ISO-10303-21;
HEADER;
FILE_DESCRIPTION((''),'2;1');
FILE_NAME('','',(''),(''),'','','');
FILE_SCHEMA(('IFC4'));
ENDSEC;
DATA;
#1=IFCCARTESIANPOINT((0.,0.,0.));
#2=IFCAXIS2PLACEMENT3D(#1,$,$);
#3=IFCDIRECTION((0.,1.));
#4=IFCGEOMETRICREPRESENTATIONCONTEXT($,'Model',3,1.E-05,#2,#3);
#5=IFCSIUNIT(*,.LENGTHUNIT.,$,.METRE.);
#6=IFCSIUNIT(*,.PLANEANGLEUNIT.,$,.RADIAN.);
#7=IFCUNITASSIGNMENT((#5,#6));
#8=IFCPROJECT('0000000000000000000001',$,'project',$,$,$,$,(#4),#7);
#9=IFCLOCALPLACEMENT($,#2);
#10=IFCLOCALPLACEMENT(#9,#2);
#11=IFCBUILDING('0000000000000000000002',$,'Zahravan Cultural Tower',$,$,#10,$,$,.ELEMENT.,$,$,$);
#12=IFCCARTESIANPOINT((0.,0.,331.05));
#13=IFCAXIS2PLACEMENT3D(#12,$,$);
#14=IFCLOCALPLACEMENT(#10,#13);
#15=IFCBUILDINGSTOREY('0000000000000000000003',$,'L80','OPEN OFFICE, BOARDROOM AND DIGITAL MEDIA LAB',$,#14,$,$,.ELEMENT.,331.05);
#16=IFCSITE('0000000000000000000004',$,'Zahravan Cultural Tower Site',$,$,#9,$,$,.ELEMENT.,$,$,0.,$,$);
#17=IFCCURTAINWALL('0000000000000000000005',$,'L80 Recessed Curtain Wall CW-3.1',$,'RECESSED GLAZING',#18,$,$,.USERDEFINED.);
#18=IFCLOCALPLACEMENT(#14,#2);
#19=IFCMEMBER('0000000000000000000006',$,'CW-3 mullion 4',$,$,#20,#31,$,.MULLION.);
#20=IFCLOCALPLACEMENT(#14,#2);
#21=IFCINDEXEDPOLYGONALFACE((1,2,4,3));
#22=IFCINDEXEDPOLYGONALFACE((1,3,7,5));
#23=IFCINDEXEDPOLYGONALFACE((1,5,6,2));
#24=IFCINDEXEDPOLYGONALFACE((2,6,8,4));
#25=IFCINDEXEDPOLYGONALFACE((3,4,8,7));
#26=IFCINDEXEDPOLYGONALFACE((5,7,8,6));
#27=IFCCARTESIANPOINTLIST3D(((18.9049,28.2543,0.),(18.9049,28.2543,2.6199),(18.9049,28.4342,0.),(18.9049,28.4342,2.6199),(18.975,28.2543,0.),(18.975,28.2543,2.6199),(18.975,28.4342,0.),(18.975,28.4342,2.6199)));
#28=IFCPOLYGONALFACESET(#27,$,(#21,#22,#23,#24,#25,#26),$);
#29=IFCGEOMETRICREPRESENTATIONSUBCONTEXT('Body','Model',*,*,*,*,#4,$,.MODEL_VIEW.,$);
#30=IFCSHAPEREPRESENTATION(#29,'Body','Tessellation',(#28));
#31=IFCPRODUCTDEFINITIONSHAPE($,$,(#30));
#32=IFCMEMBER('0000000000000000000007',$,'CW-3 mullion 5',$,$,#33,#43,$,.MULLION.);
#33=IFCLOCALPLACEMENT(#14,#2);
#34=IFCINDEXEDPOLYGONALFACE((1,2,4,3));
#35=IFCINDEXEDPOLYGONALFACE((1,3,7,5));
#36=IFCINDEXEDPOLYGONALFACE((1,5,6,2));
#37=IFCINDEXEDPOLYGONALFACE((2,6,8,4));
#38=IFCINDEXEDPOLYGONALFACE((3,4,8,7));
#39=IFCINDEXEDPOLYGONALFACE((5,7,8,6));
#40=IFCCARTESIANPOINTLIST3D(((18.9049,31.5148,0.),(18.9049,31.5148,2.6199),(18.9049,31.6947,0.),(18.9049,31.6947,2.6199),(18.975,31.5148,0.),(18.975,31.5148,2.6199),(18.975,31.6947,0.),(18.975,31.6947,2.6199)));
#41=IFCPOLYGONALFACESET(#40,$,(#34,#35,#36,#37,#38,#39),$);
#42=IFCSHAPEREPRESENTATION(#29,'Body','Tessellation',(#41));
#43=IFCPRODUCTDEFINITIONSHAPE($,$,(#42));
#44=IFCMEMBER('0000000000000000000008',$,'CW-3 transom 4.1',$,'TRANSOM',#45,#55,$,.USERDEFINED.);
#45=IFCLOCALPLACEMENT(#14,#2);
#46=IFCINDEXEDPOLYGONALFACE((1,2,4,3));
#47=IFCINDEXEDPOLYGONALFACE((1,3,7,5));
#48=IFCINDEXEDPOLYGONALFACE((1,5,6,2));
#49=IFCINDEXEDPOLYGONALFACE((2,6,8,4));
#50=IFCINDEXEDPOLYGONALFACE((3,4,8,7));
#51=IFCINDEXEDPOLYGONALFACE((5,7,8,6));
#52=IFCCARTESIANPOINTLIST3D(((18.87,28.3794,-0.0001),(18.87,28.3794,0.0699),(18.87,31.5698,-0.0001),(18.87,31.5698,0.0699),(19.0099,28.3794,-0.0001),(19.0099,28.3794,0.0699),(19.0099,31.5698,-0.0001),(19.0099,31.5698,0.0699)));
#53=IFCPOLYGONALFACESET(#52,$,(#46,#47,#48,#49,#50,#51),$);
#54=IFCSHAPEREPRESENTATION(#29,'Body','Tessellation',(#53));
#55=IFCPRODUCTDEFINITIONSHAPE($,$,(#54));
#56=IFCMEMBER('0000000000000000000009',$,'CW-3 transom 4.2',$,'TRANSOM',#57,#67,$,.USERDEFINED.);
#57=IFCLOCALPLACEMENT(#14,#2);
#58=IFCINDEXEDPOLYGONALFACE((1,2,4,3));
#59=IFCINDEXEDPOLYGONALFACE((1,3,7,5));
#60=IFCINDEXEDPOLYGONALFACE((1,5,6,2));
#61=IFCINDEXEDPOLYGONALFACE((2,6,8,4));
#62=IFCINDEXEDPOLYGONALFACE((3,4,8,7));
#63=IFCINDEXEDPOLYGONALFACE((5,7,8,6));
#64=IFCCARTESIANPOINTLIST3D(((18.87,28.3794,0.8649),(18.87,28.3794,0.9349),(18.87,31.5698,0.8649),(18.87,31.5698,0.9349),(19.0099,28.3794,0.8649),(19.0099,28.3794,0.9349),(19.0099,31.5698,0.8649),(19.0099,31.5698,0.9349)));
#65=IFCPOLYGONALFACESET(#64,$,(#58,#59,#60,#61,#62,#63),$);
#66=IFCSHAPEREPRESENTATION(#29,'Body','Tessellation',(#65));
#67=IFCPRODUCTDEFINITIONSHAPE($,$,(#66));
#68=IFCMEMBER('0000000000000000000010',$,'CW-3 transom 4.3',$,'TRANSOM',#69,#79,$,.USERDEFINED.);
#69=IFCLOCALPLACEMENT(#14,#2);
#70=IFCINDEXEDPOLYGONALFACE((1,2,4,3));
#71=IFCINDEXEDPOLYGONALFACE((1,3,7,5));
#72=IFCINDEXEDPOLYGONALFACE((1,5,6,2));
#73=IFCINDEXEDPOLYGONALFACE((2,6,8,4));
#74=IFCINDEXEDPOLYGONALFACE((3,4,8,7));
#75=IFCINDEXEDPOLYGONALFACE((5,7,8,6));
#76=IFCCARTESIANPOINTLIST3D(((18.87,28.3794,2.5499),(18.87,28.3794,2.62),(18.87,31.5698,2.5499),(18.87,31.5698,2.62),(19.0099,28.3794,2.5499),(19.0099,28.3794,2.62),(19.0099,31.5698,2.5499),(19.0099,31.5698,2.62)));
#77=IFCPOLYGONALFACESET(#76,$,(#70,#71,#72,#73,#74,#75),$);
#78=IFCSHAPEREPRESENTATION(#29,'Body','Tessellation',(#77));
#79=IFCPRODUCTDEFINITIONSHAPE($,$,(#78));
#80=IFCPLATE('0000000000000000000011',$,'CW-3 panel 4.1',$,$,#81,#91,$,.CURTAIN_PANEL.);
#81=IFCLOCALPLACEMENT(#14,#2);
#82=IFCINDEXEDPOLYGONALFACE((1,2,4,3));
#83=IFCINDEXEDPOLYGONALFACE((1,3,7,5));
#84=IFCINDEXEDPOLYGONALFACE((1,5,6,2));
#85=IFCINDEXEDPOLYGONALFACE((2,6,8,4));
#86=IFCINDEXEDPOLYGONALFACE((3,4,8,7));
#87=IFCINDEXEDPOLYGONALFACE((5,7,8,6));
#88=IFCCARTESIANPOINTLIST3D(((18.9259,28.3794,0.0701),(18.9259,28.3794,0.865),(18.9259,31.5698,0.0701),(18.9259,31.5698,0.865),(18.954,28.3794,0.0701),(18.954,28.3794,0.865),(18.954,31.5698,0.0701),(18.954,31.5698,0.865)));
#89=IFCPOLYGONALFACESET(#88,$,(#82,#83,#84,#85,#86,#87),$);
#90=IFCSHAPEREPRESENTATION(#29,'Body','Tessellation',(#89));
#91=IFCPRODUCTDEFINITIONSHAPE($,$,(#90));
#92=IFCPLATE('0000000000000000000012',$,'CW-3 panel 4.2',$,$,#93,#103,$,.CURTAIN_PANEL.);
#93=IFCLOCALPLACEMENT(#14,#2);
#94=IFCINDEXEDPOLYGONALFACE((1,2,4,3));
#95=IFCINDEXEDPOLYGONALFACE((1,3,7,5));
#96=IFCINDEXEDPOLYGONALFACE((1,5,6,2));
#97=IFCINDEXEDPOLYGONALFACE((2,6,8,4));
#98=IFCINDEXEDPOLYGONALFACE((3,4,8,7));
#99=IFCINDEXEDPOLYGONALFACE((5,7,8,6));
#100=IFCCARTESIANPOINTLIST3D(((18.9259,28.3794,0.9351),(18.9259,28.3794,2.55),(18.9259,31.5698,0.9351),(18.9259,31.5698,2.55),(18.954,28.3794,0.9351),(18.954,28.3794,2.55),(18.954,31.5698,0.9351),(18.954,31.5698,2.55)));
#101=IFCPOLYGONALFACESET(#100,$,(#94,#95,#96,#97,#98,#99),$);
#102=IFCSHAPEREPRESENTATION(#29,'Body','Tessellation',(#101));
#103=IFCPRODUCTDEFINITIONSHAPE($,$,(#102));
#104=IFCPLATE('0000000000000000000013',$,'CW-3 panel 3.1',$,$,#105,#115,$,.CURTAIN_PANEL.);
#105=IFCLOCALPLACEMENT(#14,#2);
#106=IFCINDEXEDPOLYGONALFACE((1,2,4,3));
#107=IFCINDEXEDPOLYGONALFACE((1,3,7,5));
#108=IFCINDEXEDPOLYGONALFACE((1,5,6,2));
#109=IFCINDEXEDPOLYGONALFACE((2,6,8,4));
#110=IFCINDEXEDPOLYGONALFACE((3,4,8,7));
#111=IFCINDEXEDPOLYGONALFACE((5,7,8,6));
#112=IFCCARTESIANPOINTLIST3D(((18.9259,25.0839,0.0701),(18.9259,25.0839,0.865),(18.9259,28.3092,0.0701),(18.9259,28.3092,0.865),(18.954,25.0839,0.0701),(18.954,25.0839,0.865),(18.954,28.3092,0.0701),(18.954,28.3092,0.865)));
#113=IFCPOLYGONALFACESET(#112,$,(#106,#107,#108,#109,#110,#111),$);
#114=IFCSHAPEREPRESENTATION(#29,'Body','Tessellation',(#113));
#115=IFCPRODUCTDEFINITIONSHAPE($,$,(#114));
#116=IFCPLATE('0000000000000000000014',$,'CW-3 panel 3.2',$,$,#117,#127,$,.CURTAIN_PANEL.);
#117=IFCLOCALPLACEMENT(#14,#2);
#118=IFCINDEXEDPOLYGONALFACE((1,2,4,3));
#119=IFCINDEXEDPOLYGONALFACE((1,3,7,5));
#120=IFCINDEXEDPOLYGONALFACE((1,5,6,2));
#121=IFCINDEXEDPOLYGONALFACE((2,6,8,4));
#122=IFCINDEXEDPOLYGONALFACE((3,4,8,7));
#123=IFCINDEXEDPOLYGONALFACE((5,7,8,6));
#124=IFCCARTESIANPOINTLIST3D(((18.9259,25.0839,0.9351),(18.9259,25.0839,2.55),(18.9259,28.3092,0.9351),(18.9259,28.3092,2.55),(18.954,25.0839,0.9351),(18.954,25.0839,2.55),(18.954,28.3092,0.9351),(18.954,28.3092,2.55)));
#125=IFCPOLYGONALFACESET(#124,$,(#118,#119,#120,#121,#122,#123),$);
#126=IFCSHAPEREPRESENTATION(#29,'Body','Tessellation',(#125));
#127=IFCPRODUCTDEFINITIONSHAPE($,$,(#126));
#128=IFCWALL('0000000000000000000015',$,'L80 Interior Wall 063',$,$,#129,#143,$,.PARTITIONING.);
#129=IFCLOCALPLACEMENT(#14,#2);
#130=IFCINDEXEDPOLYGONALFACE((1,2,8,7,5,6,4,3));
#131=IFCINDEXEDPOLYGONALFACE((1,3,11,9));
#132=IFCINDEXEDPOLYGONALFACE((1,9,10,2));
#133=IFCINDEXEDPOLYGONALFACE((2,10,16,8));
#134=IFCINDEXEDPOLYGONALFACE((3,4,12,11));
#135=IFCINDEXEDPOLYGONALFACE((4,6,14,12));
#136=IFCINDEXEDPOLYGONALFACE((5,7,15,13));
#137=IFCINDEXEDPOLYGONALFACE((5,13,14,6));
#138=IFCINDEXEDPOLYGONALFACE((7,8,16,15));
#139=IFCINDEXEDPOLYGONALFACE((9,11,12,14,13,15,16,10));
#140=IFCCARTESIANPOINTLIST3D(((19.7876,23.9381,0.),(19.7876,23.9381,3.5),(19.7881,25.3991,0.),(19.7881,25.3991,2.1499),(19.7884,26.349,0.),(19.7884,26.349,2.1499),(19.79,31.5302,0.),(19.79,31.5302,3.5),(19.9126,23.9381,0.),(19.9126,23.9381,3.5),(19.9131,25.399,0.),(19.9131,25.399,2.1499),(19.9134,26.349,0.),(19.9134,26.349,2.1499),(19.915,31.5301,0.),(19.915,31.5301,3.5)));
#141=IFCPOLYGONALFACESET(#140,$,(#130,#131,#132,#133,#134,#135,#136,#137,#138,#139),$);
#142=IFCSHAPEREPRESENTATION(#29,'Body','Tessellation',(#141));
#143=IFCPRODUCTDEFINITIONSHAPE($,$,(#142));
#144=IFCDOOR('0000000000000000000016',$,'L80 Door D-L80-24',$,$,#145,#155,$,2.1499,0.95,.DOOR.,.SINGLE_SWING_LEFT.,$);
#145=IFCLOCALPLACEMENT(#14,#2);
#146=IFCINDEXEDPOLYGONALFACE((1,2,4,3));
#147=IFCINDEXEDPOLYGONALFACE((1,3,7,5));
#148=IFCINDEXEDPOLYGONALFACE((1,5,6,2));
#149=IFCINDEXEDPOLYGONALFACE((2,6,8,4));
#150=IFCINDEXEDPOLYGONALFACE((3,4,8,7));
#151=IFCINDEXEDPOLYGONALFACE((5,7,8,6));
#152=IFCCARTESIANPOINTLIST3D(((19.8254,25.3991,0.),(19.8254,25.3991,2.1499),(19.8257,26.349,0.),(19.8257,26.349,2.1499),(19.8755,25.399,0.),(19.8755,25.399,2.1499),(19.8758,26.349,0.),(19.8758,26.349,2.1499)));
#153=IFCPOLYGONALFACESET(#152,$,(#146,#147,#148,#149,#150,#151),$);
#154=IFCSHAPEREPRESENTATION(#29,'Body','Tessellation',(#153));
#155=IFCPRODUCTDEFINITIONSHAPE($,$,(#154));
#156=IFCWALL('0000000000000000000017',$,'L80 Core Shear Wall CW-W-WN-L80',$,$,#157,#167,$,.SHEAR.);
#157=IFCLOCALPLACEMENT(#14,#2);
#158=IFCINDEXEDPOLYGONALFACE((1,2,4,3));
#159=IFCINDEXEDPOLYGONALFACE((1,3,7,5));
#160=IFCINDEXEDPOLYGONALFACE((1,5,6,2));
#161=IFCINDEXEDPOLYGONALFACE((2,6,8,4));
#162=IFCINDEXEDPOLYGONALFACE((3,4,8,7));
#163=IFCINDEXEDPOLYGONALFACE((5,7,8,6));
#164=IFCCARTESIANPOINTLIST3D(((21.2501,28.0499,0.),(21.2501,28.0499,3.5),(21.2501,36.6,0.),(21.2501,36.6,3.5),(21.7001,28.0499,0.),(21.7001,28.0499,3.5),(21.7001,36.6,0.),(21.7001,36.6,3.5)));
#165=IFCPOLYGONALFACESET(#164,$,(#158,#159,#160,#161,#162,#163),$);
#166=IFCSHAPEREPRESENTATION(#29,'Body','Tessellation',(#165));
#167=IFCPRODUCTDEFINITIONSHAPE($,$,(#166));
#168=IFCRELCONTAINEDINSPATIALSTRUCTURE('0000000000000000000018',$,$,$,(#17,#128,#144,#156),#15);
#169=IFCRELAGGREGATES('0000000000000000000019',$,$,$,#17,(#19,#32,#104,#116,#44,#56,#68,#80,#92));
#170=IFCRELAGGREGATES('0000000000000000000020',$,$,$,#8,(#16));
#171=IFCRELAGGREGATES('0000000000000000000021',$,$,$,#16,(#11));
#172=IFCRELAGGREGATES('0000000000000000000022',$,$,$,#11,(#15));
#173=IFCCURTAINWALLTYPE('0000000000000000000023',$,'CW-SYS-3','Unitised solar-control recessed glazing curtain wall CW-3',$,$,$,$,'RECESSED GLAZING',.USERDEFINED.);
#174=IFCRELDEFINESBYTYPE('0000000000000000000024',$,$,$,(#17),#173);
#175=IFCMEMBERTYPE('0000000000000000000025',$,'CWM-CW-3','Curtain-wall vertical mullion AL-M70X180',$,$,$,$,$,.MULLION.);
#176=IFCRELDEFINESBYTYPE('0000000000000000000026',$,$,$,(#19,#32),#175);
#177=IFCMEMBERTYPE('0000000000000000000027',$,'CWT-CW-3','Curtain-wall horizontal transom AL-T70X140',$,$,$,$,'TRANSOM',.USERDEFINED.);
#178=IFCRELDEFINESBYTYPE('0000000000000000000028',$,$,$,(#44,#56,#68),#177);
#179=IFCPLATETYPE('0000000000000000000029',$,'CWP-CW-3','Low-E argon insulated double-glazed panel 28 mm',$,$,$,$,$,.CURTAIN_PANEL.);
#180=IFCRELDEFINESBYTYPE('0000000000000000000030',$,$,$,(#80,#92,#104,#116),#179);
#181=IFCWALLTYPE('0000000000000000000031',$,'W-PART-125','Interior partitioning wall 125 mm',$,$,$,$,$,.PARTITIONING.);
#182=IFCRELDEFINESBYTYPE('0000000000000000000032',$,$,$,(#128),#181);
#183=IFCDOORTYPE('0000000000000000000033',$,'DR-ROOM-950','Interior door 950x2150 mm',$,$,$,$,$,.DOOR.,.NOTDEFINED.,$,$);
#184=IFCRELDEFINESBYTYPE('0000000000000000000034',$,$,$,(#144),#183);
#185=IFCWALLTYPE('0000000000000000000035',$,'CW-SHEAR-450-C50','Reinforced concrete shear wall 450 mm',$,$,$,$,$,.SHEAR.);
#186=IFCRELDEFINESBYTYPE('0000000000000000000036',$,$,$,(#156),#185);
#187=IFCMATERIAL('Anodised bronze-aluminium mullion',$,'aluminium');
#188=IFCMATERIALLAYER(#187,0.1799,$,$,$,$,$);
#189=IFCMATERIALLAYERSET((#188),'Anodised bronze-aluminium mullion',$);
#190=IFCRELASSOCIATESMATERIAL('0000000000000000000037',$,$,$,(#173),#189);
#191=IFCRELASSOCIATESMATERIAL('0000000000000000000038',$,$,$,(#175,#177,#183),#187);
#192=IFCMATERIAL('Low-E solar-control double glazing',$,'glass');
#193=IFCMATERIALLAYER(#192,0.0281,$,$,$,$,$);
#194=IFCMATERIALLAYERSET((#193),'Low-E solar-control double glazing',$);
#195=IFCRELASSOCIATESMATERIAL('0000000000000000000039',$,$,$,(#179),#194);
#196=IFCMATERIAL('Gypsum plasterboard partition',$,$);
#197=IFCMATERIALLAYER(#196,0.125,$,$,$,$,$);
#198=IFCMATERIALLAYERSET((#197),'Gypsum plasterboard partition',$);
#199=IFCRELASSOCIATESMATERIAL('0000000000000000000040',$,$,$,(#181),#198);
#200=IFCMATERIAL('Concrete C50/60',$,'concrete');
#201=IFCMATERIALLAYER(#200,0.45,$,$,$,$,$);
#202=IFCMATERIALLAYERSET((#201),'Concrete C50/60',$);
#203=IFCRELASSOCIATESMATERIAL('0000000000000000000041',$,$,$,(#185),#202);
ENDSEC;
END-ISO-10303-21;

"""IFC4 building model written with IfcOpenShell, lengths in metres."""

from ifc_helpers import new_model, si_unit, direction, frame, frame_2d, origin, origin_2d, place, context, subcontext, project, spatial, rectangle, extrude, source, transform, mapped, material, layer, layer_set, material_profile, profile_set, type_object, element, fill, aggregate, save


model = new_model("IFC4")

# Units and contexts
model_context = context("Model", 3, precision=1e-05, world=origin(), true_north=direction((0.0, 1.0)))
body_context = subcontext(model_context, "Body", "Model", "MODEL_VIEW")
ifc_project = project(units=[si_unit("LENGTHUNIT", "METRE"), si_unit("PLANEANGLEUNIT", "RADIAN")], contexts=[model_context])

# Site, building, storey
site_placement = place(None, origin())
site = spatial("IfcSite", under=ifc_project, at=site_placement, Name="Zahravan Cultural Tower Site", CompositionType="ELEMENT", RefElevation=0.0)
building_placement = place(site_placement, origin())
building = spatial("IfcBuilding", under=site, at=building_placement, Name="Zahravan Cultural Tower", CompositionType="ELEMENT")
storey_placement = place(building_placement, frame((0.0, 0.0, 331.05)))
storey = spatial("IfcBuildingStorey", under=building, at=storey_placement, Name="L80", Description="OPEN OFFICE, BOARDROOM AND DIGITAL MEDIA LAB", CompositionType="ELEMENT", Elevation=331.05)

# Curtain wall, members, plates
ifc_material_1 = material(Name="Anodised bronze-aluminium mullion", Category="aluminium")
ifc_layer_1 = layer(ifc_material_1, 0.1799)
ifc_layer_set_1 = layer_set([ifc_layer_1], Name="Anodised bronze-aluminium mullion")
curtain_wall_type = type_object("IfcCurtainWallType", Name="CW-SYS-3", Description="Unitised solar-control recessed glazing curtain wall CW-3", ElementType="RECESSED GLAZING", PredefinedType="USERDEFINED", material=ifc_layer_set_1)
curtain_wall_placement = place(storey_placement, origin())
curtain_wall = element("IfcCurtainWall", 1, at=curtain_wall_placement, inside=storey, type_object=curtain_wall_type, Name="L80 Recessed Curtain Wall CW-3.1", ObjectType="RECESSED GLAZING", PredefinedType="USERDEFINED")
ifc_material_profile_1 = material_profile(ifc_material_1, rectangle(XDim=0.0701, YDim=0.1799, at=origin_2d()), Name="AL-M70X180")
ifc_profile_set_1 = profile_set([ifc_material_profile_1], Name="Anodised bronze-aluminium mullion")
member_type_1 = type_object("IfcMemberType", Name="CWM-CW-3", Description="Curtain-wall vertical mullion AL-M70X180", PredefinedType="MULLION", material=ifc_profile_set_1)
shared_shape_1 = source(origin(), body_context, "Body", "SweptSolid", [
    extrude(rectangle(XDim=0.0701, YDim=0.1799, at=origin_2d()), origin(), (0.0, 0.0, 1.0), 2.6199),
])
member_1_placement = place(storey_placement, frame((18.9399, 28.3442, 0.0), z_axis=(0.0, 0.0, 1.0), x_axis=(-1.0, 0.0, 0.0)))
member_1 = element("IfcMember", 2, at=member_1_placement, type_object=member_type_1, Name="CW-3 mullion 4", PredefinedType="MULLION", context=body_context, shape_type="MappedRepresentation", body=[
    mapped(shared_shape_1, transform((0.0, 0.0, 0.0), x_axis=(1.0, 0.0, 0.0), y_axis=(0.0, 1.0, 0.0), z_axis=(0.0, 0.0, 1.0), scale=1.0)),
])
member_2_placement = place(storey_placement, frame((18.9399, 31.6047, 0.0), z_axis=(0.0, 0.0, 1.0), x_axis=(-1.0, 0.0, 0.0)))
member_2 = element("IfcMember", 3, at=member_2_placement, type_object=member_type_1, Name="CW-3 mullion 5", PredefinedType="MULLION", context=body_context, shape_type="MappedRepresentation", body=[
    mapped(shared_shape_1, transform((0.0, 0.0, 0.0), x_axis=(1.0, 0.0, 0.0), y_axis=(0.0, 1.0, 0.0), z_axis=(0.0, 0.0, 1.0), scale=1.0)),
])
ifc_material_profile_2 = material_profile(ifc_material_1, rectangle(XDim=0.1399, YDim=0.0701, at=origin_2d()), Name="AL-T70X140")
ifc_profile_set_2 = profile_set([ifc_material_profile_2], Name="Anodised bronze-aluminium mullion")
member_type_2 = type_object("IfcMemberType", Name="CWT-CW-3", Description="Curtain-wall horizontal transom AL-T70X140", ElementType="TRANSOM", PredefinedType="USERDEFINED", material=ifc_profile_set_2)
shared_shape_2 = source(origin(), body_context, "Body", "SweptSolid", [
    extrude(rectangle(XDim=0.1399, YDim=0.0701, at=origin_2d()), origin(), (0.0, 0.0, 1.0), 3.1904),
])
member_3_placement = place(storey_placement, frame((18.9399, 28.3794, 0.0349), z_axis=(0.0, 1.0, 0.0), x_axis=(-1.0, 0.0, 0.0)))
member_3 = element("IfcMember", 4, at=member_3_placement, type_object=member_type_2, Name="CW-3 transom 4.1", ObjectType="TRANSOM", PredefinedType="USERDEFINED", context=body_context, shape_type="MappedRepresentation", body=[
    mapped(shared_shape_2, transform((0.0, 0.0, 0.0), x_axis=(1.0, 0.0, 0.0), y_axis=(0.0, 1.0, 0.0), z_axis=(0.0, 0.0, 1.0), scale=1.0)),
])
member_4_placement = place(storey_placement, frame((18.9399, 28.3794, 0.8999), z_axis=(0.0, 1.0, 0.0), x_axis=(-1.0, 0.0, 0.0)))
member_4 = element("IfcMember", 5, at=member_4_placement, type_object=member_type_2, Name="CW-3 transom 4.2", ObjectType="TRANSOM", PredefinedType="USERDEFINED", context=body_context, shape_type="MappedRepresentation", body=[
    mapped(shared_shape_2, transform((0.0, 0.0, 0.0), x_axis=(1.0, 0.0, 0.0), y_axis=(0.0, 1.0, 0.0), z_axis=(0.0, 0.0, 1.0), scale=1.0)),
])
member_5_placement = place(storey_placement, frame((18.9399, 28.3794, 2.585), z_axis=(0.0, 1.0, 0.0), x_axis=(-1.0, 0.0, 0.0)))
member_5 = element("IfcMember", 6, at=member_5_placement, type_object=member_type_2, Name="CW-3 transom 4.3", ObjectType="TRANSOM", PredefinedType="USERDEFINED", context=body_context, shape_type="MappedRepresentation", body=[
    mapped(shared_shape_2, transform((0.0, 0.0, 0.0), x_axis=(1.0, 0.0, 0.0), y_axis=(0.0, 1.0, 0.0), z_axis=(0.0, 0.0, 1.0), scale=1.0)),
])
ifc_material_2 = material(Name="Low-E solar-control double glazing", Category="glass")
ifc_layer_2 = layer(ifc_material_2, 0.0281)
ifc_layer_set_2 = layer_set([ifc_layer_2], Name="Low-E solar-control double glazing")
plate_type = type_object("IfcPlateType", Name="CWP-CW-3", Description="Low-E argon insulated double-glazed panel 28 mm", PredefinedType="CURTAIN_PANEL", material=ifc_layer_set_2)
shared_shape_3 = source(origin(), body_context, "Body", "SweptSolid", [
    extrude(rectangle(XDim=3.1904, YDim=0.0281, at=origin_2d()), origin(), (0.0, 0.0, 1.0), 0.7949),
])
plate_1_placement = place(storey_placement, frame((18.9399, 29.9746, 0.0701), z_axis=(0.0, 0.0, 1.0), x_axis=(0.0, 1.0, 0.0)))
plate_1 = element("IfcPlate", 7, at=plate_1_placement, type_object=plate_type, Name="CW-3 panel 4.1", PredefinedType="CURTAIN_PANEL", context=body_context, shape_type="MappedRepresentation", body=[
    mapped(shared_shape_3, transform((0.0, 0.0, 0.0), x_axis=(1.0, 0.0, 0.0), y_axis=(0.0, 1.0, 0.0), z_axis=(0.0, 0.0, 1.0), scale=1.0)),
])
shared_shape_4 = source(origin(), body_context, "Body", "SweptSolid", [
    extrude(rectangle(XDim=3.1904, YDim=0.0281, at=origin_2d()), origin(), (0.0, 0.0, 1.0), 1.615),
])
plate_2_placement = place(storey_placement, frame((18.9399, 29.9746, 0.9351), z_axis=(0.0, 0.0, 1.0), x_axis=(0.0, 1.0, 0.0)))
plate_2 = element("IfcPlate", 8, at=plate_2_placement, type_object=plate_type, Name="CW-3 panel 4.2", PredefinedType="CURTAIN_PANEL", context=body_context, shape_type="MappedRepresentation", body=[
    mapped(shared_shape_4, transform((0.0, 0.0, 0.0), x_axis=(1.0, 0.0, 0.0), y_axis=(0.0, 1.0, 0.0), z_axis=(0.0, 0.0, 1.0), scale=1.0)),
])
shared_shape_5 = source(origin(), body_context, "Body", "SweptSolid", [
    extrude(rectangle(XDim=3.2253, YDim=0.0281, at=origin_2d()), origin(), (0.0, 0.0, 1.0), 0.7949),
])
plate_3_placement = place(storey_placement, frame((18.9399, 26.6965, 0.0701), z_axis=(0.0, 0.0, 1.0), x_axis=(0.0, 1.0, 0.0)))
plate_3 = element("IfcPlate", 9, at=plate_3_placement, type_object=plate_type, Name="CW-3 panel 3.1", PredefinedType="CURTAIN_PANEL", context=body_context, shape_type="MappedRepresentation", body=[
    mapped(shared_shape_5, transform((0.0, 0.0, 0.0), x_axis=(1.0, 0.0, 0.0), y_axis=(0.0, 1.0, 0.0), z_axis=(0.0, 0.0, 1.0), scale=1.0)),
])
shared_shape_6 = source(origin(), body_context, "Body", "SweptSolid", [
    extrude(rectangle(XDim=3.2253, YDim=0.0281, at=origin_2d()), origin(), (0.0, 0.0, 1.0), 1.615),
])
plate_4_placement = place(storey_placement, frame((18.9399, 26.6965, 0.9351), z_axis=(0.0, 0.0, 1.0), x_axis=(0.0, 1.0, 0.0)))
plate_4 = element("IfcPlate", 10, at=plate_4_placement, type_object=plate_type, Name="CW-3 panel 3.2", PredefinedType="CURTAIN_PANEL", context=body_context, shape_type="MappedRepresentation", body=[
    mapped(shared_shape_6, transform((0.0, 0.0, 0.0), x_axis=(1.0, 0.0, 0.0), y_axis=(0.0, 1.0, 0.0), z_axis=(0.0, 0.0, 1.0), scale=1.0)),
])
aggregate(curtain_wall, [member_1, member_2, plate_3, plate_4, member_3, member_4, member_5, plate_1, plate_2])

# Wall, opening, door
ifc_material_3 = material(Name="Gypsum plasterboard partition")
ifc_layer_3 = layer(ifc_material_3, 0.125)
ifc_layer_set_3 = layer_set([ifc_layer_3], Name="Gypsum plasterboard partition")
wall_type_1 = type_object("IfcWallType", Name="W-PART-125", Description="Interior partitioning wall 125 mm", PredefinedType="PARTITIONING", material=ifc_layer_set_3)
wall_1_placement = place(storey_placement, frame((19.8525, 31.53, 0.0), z_axis=(0.0, 0.0, 1.0), x_axis=(-0.000322, -1.0, 0.0)))
wall_1 = element("IfcWall", 11, at=wall_1_placement, inside=storey, type_object=wall_type_1, Name="L80 Interior Wall 063", PredefinedType="PARTITIONING", context=body_context, shape_type="SweptSolid", body=[
    extrude(rectangle(XDim=7.592, YDim=0.125, at=frame_2d((3.7959, 0.0))), origin(), (0.0, 0.0, 1.0), 3.5),
])
opening_placement = place(wall_1_placement, frame((5.1809, 0.0, 0.0)))
opening = element("IfcOpeningElement", 12, at=opening_placement, cuts=wall_1, PredefinedType="OPENING", context=body_context, shape_type="SweptSolid", body=[
    extrude(rectangle(XDim=0.95, YDim=2.1499, at=frame_2d((0.4751, 1.075))), frame((0.0, 0.0725, 0.0), z_axis=(0.0, -1.0, 0.0), x_axis=(1.0, 0.0, 0.0)), (0.0, 0.0, 1.0), 0.145),
])
door_type = type_object("IfcDoorType", Name="DR-ROOM-950", Description="Interior door 950x2150 mm", OperationType="NOTDEFINED", PredefinedType="DOOR", material=ifc_material_1)
shared_shape_7 = source(origin(), body_context, "Body", "SweptSolid", [
    extrude(rectangle(XDim=0.95, YDim=2.1499, at=frame_2d((0.4751, 1.075))), frame((0.0, 0.0249, 0.0), z_axis=(0.0, -1.0, 0.0), x_axis=(1.0, 0.0, 0.0)), (0.0, 0.0, 1.0), 0.05),
])
door_placement = place(opening_placement, origin())
door = element("IfcDoor", 13, at=door_placement, inside=storey, type_object=door_type, Name="L80 Door D-L80-24", OperationType="SINGLE_SWING_LEFT", OverallHeight=2.1499, OverallWidth=0.95, PredefinedType="DOOR", context=body_context, shape_type="MappedRepresentation", body=[
    mapped(shared_shape_7, transform((0.0, 0.0, 0.0), x_axis=(1.0, 0.0, 0.0), y_axis=(0.0, 1.0, 0.0), z_axis=(0.0, 0.0, 1.0), scale=1.0)),
])
fill(opening, door)

# Wall
ifc_material_4 = material(Name="Concrete C50/60", Category="concrete")
ifc_layer_4 = layer(ifc_material_4, 0.45)
ifc_layer_set_4 = layer_set([ifc_layer_4], Name="Concrete C50/60")
wall_type_2 = type_object("IfcWallType", Name="CW-SHEAR-450-C50", Description="Reinforced concrete shear wall 450 mm", PredefinedType="SHEAR", material=ifc_layer_set_4)
shared_shape_8 = source(origin(), body_context, "Body", "SweptSolid", [
    extrude(rectangle(XDim=8.55, YDim=0.45, at=frame_2d((4.2749, 0.0))), origin(), (0.0, 0.0, 1.0), 3.5),
])
wall_2_placement = place(storey_placement, frame((21.4751, 28.05, 0.0), z_axis=(0.0, 0.0, 1.0), x_axis=(0.0, 1.0, 0.0)))
element("IfcWall", 14, at=wall_2_placement, inside=storey, type_object=wall_type_2, Name="L80 Core Shear Wall CW-W-WN-L80", PredefinedType="SHEAR", context=body_context, shape_type="MappedRepresentation", body=[
    mapped(shared_shape_8, transform((0.0, 0.0, 0.0), x_axis=(1.0, 0.0, 0.0), y_axis=(0.0, 1.0, 0.0), z_axis=(0.0, 0.0, 1.0), scale=1.0)),
])

save(model, "model.ifc")
